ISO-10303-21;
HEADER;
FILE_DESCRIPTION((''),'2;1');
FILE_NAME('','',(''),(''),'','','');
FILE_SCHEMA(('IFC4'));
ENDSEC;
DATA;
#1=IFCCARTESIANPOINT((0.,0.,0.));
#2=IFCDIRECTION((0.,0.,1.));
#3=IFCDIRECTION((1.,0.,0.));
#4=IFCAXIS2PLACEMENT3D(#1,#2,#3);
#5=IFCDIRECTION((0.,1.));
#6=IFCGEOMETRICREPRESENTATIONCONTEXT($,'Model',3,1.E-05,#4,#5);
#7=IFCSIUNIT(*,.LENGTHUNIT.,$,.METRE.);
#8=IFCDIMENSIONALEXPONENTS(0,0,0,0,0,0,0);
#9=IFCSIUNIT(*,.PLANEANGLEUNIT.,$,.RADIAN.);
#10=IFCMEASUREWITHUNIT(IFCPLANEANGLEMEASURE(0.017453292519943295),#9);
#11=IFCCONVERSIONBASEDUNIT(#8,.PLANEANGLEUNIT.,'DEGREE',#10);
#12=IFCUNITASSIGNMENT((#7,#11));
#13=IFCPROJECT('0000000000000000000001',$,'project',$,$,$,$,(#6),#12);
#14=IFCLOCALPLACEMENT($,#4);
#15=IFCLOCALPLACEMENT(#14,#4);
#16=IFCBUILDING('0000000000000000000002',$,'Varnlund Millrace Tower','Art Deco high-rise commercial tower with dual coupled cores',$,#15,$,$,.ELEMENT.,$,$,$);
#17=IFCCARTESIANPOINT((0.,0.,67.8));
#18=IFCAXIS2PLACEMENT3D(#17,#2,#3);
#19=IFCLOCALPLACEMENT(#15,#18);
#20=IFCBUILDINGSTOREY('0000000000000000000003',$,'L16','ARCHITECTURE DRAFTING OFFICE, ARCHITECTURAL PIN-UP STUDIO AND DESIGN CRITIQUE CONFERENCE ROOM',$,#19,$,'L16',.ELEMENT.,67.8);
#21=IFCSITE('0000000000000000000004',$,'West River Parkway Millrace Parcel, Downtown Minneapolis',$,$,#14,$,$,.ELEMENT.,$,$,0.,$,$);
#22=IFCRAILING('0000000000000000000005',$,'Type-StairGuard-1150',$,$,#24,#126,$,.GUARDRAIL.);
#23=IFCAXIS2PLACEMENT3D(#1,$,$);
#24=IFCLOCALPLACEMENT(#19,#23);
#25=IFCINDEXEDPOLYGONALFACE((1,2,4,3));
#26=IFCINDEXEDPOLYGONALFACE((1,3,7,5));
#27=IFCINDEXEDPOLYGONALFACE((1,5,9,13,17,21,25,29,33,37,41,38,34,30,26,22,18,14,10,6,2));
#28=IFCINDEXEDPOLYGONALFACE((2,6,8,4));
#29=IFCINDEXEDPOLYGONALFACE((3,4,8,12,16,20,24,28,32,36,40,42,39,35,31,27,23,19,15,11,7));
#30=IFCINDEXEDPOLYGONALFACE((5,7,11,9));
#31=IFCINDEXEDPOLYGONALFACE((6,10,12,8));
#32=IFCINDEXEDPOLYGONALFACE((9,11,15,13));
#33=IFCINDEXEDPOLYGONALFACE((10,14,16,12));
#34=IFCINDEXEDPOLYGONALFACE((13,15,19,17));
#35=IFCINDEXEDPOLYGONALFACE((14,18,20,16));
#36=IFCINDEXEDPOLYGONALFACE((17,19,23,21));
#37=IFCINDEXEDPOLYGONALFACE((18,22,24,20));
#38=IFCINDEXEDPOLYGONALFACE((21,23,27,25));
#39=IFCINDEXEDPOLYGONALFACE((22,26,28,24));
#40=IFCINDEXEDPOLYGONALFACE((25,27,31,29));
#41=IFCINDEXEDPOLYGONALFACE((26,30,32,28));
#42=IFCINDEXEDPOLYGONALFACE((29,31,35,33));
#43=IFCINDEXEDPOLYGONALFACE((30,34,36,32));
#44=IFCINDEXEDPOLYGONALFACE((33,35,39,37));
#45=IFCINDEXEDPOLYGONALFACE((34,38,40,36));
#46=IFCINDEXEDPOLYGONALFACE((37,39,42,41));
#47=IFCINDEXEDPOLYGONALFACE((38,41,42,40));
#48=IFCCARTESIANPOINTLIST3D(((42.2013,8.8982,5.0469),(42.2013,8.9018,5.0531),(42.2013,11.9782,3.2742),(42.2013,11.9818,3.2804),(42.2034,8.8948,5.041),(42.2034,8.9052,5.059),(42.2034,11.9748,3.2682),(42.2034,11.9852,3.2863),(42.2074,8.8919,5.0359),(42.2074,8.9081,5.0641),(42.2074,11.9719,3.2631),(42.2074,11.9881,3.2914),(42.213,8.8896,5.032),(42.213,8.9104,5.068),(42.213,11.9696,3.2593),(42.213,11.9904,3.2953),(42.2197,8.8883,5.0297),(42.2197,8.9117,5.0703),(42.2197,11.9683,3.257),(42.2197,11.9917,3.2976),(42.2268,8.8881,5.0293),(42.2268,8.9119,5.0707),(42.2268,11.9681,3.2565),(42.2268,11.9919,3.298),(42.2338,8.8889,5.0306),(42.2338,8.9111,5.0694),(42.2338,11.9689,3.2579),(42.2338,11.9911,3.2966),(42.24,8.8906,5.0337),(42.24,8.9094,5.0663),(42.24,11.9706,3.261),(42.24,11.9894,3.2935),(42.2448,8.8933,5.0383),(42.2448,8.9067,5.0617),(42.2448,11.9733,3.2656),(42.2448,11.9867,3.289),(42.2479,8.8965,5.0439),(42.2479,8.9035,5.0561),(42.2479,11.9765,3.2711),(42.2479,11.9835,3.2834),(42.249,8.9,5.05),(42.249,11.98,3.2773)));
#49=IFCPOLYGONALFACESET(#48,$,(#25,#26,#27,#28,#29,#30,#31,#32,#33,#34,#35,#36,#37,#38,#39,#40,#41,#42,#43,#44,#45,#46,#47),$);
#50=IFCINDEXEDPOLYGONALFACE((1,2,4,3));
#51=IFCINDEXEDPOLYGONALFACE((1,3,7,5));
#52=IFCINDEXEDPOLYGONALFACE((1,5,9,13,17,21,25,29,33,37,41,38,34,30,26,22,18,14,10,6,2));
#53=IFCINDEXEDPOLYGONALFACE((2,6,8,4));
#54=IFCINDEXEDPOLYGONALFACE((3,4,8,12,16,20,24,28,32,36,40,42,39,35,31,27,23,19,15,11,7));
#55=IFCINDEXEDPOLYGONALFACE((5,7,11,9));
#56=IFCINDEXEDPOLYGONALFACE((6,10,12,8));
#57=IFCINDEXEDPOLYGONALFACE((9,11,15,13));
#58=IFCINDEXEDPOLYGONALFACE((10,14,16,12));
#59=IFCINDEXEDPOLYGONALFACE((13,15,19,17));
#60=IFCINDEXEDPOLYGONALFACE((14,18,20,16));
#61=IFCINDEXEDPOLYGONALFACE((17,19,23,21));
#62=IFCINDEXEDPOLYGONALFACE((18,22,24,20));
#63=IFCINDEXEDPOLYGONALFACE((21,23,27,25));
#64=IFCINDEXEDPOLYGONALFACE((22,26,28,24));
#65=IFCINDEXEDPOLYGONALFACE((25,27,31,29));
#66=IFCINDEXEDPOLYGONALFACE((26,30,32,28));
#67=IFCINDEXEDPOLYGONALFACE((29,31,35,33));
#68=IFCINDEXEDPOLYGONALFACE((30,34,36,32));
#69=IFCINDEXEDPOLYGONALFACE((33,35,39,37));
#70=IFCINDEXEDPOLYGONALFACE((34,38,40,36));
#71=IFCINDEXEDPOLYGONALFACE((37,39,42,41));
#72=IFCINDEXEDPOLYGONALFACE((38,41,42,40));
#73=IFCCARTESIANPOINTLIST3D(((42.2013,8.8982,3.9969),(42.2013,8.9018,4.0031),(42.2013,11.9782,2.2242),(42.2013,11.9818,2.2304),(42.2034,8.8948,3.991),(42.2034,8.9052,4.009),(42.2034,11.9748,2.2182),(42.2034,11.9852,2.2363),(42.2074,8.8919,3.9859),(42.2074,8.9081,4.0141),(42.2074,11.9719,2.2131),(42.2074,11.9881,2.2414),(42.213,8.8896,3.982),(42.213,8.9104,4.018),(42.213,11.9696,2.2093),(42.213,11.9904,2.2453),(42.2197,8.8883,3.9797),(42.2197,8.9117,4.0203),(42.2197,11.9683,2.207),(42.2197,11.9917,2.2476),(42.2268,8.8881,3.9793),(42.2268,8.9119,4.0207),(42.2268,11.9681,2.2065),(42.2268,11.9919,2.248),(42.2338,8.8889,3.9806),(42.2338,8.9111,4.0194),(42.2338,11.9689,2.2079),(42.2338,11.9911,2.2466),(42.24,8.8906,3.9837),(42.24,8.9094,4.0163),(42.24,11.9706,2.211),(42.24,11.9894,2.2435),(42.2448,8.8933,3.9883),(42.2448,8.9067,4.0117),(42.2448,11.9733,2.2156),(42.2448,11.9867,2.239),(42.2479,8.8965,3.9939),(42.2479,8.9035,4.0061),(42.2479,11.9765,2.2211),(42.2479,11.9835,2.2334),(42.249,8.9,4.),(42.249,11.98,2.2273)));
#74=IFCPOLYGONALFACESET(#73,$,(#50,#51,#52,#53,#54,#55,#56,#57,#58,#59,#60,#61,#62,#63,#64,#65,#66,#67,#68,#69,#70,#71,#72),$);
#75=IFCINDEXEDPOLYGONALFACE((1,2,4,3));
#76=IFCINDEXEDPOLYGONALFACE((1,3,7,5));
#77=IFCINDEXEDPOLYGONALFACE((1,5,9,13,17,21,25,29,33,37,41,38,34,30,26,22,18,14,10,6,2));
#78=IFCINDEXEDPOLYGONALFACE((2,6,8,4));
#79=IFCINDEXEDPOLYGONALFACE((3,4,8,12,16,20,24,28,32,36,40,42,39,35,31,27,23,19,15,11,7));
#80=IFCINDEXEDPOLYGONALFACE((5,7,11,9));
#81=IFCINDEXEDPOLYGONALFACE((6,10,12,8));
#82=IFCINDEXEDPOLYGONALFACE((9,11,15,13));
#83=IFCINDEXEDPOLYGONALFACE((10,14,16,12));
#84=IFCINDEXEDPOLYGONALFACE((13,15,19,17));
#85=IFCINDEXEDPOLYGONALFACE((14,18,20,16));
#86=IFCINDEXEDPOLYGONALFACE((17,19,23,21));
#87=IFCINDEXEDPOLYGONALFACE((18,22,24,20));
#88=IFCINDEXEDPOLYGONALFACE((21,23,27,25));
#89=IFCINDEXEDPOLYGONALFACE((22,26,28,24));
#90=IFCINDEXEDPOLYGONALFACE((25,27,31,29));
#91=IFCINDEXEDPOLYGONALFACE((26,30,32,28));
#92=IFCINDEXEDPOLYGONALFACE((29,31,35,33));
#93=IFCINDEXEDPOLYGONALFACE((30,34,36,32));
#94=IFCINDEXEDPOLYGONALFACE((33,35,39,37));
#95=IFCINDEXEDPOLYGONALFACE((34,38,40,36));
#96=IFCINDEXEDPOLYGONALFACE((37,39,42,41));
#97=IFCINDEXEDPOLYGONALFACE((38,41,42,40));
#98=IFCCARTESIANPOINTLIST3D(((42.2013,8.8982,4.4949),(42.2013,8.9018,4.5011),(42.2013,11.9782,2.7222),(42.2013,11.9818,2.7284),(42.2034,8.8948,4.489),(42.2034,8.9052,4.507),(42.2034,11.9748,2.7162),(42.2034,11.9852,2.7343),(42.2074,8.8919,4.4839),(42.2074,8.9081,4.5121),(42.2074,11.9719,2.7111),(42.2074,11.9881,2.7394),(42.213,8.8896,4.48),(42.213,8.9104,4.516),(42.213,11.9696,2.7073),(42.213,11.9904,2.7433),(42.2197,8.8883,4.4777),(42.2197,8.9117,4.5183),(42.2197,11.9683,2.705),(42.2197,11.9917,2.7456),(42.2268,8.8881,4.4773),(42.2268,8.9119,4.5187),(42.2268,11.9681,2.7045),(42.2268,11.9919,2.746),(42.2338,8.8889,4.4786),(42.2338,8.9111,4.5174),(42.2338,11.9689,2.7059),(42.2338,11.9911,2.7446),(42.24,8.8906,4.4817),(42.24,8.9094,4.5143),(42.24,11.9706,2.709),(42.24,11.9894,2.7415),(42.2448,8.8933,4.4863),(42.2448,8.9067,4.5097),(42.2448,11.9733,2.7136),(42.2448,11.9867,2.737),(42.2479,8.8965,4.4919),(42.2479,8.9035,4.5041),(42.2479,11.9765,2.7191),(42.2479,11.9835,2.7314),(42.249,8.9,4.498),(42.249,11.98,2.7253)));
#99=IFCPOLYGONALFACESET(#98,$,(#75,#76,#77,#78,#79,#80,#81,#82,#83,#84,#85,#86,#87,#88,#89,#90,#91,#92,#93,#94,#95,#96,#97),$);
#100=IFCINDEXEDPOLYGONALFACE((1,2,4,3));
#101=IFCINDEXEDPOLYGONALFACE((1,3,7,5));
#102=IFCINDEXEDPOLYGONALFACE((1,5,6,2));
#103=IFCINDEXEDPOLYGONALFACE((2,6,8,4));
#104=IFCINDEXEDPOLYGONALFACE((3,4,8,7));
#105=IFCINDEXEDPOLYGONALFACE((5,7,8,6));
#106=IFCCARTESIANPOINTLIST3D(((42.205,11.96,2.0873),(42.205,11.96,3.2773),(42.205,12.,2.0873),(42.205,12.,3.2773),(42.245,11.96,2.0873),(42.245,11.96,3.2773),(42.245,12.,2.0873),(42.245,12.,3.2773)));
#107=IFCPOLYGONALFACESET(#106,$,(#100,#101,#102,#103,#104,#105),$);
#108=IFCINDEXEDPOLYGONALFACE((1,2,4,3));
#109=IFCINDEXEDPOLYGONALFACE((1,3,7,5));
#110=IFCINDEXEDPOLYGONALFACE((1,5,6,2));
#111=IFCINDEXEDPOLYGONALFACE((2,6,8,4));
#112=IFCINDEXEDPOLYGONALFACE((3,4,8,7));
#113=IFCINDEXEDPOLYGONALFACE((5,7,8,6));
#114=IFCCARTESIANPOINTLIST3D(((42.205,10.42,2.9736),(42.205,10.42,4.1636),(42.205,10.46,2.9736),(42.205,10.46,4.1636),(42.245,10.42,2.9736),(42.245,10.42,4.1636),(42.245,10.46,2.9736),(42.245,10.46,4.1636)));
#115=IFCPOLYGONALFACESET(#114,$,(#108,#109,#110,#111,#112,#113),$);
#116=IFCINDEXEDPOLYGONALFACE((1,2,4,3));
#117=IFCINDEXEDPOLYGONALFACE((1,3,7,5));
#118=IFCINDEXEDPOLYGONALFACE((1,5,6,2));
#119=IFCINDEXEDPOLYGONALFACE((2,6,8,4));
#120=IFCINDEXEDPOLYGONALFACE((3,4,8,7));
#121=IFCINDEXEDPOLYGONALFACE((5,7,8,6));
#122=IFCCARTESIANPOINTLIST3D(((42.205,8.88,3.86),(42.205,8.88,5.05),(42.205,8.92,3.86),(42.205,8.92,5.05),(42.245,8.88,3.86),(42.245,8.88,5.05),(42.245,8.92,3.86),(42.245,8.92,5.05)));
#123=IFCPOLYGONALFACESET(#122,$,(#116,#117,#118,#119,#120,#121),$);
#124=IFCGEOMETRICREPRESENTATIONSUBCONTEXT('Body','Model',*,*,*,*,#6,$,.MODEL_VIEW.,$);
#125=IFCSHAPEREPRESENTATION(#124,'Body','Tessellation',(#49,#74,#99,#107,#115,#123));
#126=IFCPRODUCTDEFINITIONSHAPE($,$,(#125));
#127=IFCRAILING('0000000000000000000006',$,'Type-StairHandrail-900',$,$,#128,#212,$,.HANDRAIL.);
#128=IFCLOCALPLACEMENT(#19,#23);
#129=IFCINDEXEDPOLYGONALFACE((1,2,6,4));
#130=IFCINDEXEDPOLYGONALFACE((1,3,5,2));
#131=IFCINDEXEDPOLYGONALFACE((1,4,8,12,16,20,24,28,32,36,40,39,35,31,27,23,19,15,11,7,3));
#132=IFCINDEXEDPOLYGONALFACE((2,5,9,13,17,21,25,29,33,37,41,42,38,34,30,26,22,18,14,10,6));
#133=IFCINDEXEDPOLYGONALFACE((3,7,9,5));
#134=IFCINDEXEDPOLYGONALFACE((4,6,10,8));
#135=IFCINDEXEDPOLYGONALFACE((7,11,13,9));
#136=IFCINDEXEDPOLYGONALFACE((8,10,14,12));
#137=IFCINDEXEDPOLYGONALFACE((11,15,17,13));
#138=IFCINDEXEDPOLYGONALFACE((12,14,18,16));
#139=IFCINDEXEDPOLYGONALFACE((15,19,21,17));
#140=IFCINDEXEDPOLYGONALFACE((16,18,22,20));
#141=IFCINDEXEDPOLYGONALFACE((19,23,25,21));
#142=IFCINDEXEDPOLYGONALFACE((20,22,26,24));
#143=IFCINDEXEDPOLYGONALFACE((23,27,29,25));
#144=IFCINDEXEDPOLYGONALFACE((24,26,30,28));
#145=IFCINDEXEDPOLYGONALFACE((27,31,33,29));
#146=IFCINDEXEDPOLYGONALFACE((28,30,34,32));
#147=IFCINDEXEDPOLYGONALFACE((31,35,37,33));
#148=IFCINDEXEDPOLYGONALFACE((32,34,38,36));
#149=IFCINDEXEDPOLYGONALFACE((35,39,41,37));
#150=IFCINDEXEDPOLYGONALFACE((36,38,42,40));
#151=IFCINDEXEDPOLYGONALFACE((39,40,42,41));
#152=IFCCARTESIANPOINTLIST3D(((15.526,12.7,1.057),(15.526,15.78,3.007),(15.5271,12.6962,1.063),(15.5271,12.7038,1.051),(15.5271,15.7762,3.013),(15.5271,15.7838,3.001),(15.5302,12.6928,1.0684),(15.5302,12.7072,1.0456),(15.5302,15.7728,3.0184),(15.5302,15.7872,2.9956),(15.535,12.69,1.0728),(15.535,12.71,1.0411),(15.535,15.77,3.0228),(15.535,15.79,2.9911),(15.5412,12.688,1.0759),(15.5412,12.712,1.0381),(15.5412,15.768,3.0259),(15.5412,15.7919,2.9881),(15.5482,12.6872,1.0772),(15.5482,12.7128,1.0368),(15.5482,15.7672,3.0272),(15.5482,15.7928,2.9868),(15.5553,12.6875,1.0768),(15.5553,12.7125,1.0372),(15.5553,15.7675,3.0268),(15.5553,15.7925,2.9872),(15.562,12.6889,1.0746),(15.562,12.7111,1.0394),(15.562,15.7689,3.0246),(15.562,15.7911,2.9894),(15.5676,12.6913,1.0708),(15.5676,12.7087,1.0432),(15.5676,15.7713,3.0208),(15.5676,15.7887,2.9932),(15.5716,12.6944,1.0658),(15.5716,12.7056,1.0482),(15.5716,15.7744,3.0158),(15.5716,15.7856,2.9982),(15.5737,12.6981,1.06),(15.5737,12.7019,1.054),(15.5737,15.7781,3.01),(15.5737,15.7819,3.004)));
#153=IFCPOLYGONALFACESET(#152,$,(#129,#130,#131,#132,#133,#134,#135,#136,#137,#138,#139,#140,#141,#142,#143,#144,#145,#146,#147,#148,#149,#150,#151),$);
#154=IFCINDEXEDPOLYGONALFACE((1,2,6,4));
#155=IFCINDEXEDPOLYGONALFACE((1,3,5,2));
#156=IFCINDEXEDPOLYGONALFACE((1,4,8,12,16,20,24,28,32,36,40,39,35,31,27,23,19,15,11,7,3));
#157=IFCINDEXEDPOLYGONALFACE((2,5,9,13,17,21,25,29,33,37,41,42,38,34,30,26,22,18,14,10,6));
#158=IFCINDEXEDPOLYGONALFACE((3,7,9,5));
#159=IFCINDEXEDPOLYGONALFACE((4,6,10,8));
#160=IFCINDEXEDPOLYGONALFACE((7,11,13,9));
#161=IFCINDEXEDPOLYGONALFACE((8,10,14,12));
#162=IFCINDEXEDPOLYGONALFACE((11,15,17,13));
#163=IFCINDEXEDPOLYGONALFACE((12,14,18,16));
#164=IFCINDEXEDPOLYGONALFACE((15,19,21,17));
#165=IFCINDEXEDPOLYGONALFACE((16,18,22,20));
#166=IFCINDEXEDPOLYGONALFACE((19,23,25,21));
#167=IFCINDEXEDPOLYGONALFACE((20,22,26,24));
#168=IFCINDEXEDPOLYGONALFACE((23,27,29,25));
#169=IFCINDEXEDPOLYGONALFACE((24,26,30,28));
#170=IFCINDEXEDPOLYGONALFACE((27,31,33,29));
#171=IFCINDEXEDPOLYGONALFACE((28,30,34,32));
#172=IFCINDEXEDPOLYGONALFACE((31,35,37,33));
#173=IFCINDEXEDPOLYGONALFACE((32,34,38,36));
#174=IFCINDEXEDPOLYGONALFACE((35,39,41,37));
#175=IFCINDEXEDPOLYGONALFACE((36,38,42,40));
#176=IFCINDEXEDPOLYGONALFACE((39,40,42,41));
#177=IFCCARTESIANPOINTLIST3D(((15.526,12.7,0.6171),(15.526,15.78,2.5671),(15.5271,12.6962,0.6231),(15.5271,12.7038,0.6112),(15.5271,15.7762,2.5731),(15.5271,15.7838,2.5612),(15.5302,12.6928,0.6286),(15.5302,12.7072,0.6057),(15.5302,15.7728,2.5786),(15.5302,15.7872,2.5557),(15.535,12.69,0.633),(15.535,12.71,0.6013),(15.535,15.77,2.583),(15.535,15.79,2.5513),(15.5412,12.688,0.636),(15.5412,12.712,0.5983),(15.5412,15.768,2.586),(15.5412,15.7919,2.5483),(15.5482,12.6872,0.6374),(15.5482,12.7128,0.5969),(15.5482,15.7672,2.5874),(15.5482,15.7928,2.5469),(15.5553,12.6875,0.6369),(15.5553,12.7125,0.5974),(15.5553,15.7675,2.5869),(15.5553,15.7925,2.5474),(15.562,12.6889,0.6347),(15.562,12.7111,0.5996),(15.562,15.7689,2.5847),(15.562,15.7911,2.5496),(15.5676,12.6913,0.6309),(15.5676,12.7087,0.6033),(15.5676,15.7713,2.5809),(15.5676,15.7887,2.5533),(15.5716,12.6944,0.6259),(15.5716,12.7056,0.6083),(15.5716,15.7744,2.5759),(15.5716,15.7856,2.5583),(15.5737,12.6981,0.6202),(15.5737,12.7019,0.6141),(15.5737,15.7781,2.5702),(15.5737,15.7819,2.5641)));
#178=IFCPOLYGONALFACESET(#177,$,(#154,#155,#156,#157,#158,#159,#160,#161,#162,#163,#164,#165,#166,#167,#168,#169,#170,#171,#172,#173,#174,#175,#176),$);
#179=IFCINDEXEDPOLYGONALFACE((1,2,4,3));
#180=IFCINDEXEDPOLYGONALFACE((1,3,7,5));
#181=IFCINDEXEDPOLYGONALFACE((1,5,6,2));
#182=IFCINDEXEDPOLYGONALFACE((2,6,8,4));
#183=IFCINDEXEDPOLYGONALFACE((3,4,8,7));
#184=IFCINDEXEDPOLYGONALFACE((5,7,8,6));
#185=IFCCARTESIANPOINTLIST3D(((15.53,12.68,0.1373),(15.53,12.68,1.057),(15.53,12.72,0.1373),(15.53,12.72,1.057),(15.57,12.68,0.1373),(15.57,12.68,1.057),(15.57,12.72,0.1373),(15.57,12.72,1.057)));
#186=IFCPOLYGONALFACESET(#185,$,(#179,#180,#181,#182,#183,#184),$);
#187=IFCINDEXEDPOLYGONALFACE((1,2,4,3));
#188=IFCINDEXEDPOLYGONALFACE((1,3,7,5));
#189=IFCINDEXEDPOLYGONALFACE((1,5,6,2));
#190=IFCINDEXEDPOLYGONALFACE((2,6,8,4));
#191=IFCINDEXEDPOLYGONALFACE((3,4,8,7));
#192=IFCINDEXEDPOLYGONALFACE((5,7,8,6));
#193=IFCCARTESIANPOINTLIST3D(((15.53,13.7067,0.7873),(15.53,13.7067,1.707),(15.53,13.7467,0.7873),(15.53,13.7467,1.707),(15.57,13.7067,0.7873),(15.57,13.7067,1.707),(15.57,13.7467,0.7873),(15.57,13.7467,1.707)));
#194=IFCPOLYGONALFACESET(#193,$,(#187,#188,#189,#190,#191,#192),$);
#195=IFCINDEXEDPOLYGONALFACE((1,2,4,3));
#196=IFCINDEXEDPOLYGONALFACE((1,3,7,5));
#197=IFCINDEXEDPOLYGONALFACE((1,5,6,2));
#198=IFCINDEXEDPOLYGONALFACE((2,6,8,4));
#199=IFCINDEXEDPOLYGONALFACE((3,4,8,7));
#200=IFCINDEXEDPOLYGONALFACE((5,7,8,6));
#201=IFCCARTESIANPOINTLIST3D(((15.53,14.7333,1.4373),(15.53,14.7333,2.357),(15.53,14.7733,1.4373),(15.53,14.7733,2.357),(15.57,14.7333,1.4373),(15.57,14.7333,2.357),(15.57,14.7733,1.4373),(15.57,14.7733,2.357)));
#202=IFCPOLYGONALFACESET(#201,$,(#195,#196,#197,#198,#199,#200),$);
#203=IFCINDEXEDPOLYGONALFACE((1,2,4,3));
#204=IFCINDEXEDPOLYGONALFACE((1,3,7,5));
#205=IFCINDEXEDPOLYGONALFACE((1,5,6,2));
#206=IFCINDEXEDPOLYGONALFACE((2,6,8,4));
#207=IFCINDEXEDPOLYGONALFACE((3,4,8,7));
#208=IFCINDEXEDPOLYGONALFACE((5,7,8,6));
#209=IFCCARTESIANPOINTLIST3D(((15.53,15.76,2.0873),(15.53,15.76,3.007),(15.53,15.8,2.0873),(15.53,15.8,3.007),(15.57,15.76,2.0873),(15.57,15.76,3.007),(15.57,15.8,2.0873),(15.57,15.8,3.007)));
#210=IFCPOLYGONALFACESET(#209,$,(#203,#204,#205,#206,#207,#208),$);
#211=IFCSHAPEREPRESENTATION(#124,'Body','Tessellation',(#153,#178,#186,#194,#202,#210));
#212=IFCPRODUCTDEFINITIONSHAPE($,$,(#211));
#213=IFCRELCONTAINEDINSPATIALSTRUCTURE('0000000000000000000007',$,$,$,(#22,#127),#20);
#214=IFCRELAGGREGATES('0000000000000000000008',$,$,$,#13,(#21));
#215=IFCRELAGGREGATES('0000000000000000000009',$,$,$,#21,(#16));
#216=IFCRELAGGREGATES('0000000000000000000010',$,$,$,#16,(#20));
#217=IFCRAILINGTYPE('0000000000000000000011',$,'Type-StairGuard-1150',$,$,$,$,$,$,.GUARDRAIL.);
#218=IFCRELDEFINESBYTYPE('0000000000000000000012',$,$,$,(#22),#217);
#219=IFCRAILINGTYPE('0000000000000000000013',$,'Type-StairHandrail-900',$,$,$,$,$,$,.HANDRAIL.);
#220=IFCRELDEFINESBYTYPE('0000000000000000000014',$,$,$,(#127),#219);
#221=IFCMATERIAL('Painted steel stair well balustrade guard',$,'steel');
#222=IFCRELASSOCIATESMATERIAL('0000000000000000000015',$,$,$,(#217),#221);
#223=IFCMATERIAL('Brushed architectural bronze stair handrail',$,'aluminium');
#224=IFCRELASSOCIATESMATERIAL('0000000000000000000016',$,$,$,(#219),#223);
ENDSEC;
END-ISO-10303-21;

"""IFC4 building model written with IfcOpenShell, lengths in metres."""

from ifc_helpers import new_model, entity, si_unit, converted_unit, direction, frame, origin_with_axes, origin_2d_with_axis, place, context, subcontext, project, spatial, rectangle, circle, extrude, material, type_object, element, save


model = new_model("IFC4")

# Units and contexts
model_context = context("Model", 3, precision=1e-05, world=origin_with_axes(), true_north=direction((0.0, 1.0)))
body_context = subcontext(model_context, "Body", "Model", "MODEL_VIEW")
ifc_project = project(units=[si_unit("LENGTHUNIT", "METRE"), converted_unit("PLANEANGLEUNIT", "DEGREE", entity("IfcPlaneAngleMeasure", 0.017453292519943295), si_unit("PLANEANGLEUNIT", "RADIAN"), dimensions=[0, 0, 0, 0, 0, 0, 0])], contexts=[model_context])

# Site, building, storey
site_placement = place(None, origin_with_axes())
site = spatial("IfcSite", under=ifc_project, at=site_placement, Name="West River Parkway Millrace Parcel, Downtown Minneapolis", CompositionType="ELEMENT", RefElevation=0.0)
building_placement = place(site_placement, origin_with_axes())
building = spatial("IfcBuilding", under=site, at=building_placement, Name="Varnlund Millrace Tower", Description="Art Deco high-rise commercial tower with dual coupled cores", CompositionType="ELEMENT")
storey_placement = place(building_placement, frame((0.0, 0.0, 67.8), z_axis=(0.0, 0.0, 1.0), x_axis=(1.0, 0.0, 0.0)))
storey = spatial("IfcBuildingStorey", under=building, at=storey_placement, Name="L16", Description="ARCHITECTURE DRAFTING OFFICE, ARCHITECTURAL PIN-UP STUDIO AND DESIGN CRITIQUE CONFERENCE ROOM", LongName="L16", CompositionType="ELEMENT", Elevation=67.8)

# Railings
ifc_material_1 = material(Name="Painted steel stair well balustrade guard", Category="steel")
railing_type_1 = type_object("IfcRailingType", Name="Type-StairGuard-1150", PredefinedType="GUARDRAIL", material=ifc_material_1)
railing_1_placement = place(storey_placement, frame((0.0, 0.0, -67.8), z_axis=(0.0, 0.0, 1.0), x_axis=(1.0, 0.0, 0.0)))
element("IfcRailing", 1, at=railing_1_placement, inside=storey, type_object=railing_type_1, Name="Type-StairGuard-1150", PredefinedType="GUARDRAIL", context=body_context, shape_type="SweptSolid", body=[
    extrude(circle(Radius=0.024, at=origin_2d_with_axis()), frame((42.225, 11.98, 71.0773), z_axis=(0.0, -0.866696, 0.498836), x_axis=(1.0, 0.0, 0.0)), (0.0, 0.0, 1.0), 3.5537),
    extrude(circle(Radius=0.024, at=origin_2d_with_axis()), frame((42.225, 11.98, 70.0273), z_axis=(0.0, -0.866696, 0.498836), x_axis=(1.0, 0.0, 0.0)), (0.0, 0.0, 1.0), 3.5537),
    extrude(circle(Radius=0.024, at=origin_2d_with_axis()), frame((42.225, 11.98, 70.5253), z_axis=(0.0, -0.866696, 0.498836), x_axis=(1.0, 0.0, 0.0)), (0.0, 0.0, 1.0), 3.5537),
    extrude(rectangle(XDim=0.04, YDim=0.04, at=origin_2d_with_axis()), frame((42.225, 11.98, 69.8873), z_axis=(0.0, 0.0, 1.0), x_axis=(1.0, 0.0, 0.0)), (0.0, 0.0, 1.0), 1.19),
    extrude(rectangle(XDim=0.04, YDim=0.04, at=origin_2d_with_axis()), frame((42.225, 10.44, 70.7736), z_axis=(0.0, 0.0, 1.0), x_axis=(1.0, 0.0, 0.0)), (0.0, 0.0, 1.0), 1.19),
    extrude(rectangle(XDim=0.04, YDim=0.04, at=origin_2d_with_axis()), frame((42.225, 8.9, 71.66), z_axis=(0.0, 0.0, 1.0), x_axis=(1.0, 0.0, 0.0)), (0.0, 0.0, 1.0), 1.19),
])
ifc_material_2 = material(Name="Brushed architectural bronze stair handrail", Category="aluminium")
railing_type_2 = type_object("IfcRailingType", Name="Type-StairHandrail-900", PredefinedType="HANDRAIL", material=ifc_material_2)
railing_2_placement = place(storey_placement, frame((0.0, 0.0, -67.8), z_axis=(0.0, 0.0, 1.0), x_axis=(1.0, 0.0, 0.0)))
element("IfcRailing", 2, at=railing_2_placement, inside=storey, type_object=railing_type_2, Name="Type-StairHandrail-900", PredefinedType="HANDRAIL", context=body_context, shape_type="SweptSolid", body=[
    extrude(circle(Radius=0.024, at=origin_2d_with_axis()), frame((15.55, 12.7, 68.857), z_axis=(0.0, 0.844902, 0.534922), x_axis=(-1.0, 0.0, 0.0)), (0.0, 0.0, 1.0), 3.6454),
    extrude(circle(Radius=0.024, at=origin_2d_with_axis()), frame((15.55, 12.7, 68.4171), z_axis=(0.0, 0.844902, 0.534922), x_axis=(-1.0, 0.0, 0.0)), (0.0, 0.0, 1.0), 3.6454),
    extrude(rectangle(XDim=0.04, YDim=0.04, at=origin_2d_with_axis()), frame((15.55, 12.7, 67.9373), z_axis=(0.0, 0.0, 1.0), x_axis=(1.0, 0.0, 0.0)), (0.0, 0.0, 1.0), 0.9197),
    extrude(rectangle(XDim=0.04, YDim=0.04, at=origin_2d_with_axis()), frame((15.55, 13.7267, 68.5873), z_axis=(0.0, 0.0, 1.0), x_axis=(1.0, 0.0, 0.0)), (0.0, 0.0, 1.0), 0.9197),
    extrude(rectangle(XDim=0.04, YDim=0.04, at=origin_2d_with_axis()), frame((15.55, 14.7533, 69.2373), z_axis=(0.0, 0.0, 1.0), x_axis=(1.0, 0.0, 0.0)), (0.0, 0.0, 1.0), 0.9197),
    extrude(rectangle(XDim=0.04, YDim=0.04, at=origin_2d_with_axis()), frame((15.55, 15.78, 69.8873), z_axis=(0.0, 0.0, 1.0), x_axis=(1.0, 0.0, 0.0)), (0.0, 0.0, 1.0), 0.9197),
])

save(model, "model.ifc")
